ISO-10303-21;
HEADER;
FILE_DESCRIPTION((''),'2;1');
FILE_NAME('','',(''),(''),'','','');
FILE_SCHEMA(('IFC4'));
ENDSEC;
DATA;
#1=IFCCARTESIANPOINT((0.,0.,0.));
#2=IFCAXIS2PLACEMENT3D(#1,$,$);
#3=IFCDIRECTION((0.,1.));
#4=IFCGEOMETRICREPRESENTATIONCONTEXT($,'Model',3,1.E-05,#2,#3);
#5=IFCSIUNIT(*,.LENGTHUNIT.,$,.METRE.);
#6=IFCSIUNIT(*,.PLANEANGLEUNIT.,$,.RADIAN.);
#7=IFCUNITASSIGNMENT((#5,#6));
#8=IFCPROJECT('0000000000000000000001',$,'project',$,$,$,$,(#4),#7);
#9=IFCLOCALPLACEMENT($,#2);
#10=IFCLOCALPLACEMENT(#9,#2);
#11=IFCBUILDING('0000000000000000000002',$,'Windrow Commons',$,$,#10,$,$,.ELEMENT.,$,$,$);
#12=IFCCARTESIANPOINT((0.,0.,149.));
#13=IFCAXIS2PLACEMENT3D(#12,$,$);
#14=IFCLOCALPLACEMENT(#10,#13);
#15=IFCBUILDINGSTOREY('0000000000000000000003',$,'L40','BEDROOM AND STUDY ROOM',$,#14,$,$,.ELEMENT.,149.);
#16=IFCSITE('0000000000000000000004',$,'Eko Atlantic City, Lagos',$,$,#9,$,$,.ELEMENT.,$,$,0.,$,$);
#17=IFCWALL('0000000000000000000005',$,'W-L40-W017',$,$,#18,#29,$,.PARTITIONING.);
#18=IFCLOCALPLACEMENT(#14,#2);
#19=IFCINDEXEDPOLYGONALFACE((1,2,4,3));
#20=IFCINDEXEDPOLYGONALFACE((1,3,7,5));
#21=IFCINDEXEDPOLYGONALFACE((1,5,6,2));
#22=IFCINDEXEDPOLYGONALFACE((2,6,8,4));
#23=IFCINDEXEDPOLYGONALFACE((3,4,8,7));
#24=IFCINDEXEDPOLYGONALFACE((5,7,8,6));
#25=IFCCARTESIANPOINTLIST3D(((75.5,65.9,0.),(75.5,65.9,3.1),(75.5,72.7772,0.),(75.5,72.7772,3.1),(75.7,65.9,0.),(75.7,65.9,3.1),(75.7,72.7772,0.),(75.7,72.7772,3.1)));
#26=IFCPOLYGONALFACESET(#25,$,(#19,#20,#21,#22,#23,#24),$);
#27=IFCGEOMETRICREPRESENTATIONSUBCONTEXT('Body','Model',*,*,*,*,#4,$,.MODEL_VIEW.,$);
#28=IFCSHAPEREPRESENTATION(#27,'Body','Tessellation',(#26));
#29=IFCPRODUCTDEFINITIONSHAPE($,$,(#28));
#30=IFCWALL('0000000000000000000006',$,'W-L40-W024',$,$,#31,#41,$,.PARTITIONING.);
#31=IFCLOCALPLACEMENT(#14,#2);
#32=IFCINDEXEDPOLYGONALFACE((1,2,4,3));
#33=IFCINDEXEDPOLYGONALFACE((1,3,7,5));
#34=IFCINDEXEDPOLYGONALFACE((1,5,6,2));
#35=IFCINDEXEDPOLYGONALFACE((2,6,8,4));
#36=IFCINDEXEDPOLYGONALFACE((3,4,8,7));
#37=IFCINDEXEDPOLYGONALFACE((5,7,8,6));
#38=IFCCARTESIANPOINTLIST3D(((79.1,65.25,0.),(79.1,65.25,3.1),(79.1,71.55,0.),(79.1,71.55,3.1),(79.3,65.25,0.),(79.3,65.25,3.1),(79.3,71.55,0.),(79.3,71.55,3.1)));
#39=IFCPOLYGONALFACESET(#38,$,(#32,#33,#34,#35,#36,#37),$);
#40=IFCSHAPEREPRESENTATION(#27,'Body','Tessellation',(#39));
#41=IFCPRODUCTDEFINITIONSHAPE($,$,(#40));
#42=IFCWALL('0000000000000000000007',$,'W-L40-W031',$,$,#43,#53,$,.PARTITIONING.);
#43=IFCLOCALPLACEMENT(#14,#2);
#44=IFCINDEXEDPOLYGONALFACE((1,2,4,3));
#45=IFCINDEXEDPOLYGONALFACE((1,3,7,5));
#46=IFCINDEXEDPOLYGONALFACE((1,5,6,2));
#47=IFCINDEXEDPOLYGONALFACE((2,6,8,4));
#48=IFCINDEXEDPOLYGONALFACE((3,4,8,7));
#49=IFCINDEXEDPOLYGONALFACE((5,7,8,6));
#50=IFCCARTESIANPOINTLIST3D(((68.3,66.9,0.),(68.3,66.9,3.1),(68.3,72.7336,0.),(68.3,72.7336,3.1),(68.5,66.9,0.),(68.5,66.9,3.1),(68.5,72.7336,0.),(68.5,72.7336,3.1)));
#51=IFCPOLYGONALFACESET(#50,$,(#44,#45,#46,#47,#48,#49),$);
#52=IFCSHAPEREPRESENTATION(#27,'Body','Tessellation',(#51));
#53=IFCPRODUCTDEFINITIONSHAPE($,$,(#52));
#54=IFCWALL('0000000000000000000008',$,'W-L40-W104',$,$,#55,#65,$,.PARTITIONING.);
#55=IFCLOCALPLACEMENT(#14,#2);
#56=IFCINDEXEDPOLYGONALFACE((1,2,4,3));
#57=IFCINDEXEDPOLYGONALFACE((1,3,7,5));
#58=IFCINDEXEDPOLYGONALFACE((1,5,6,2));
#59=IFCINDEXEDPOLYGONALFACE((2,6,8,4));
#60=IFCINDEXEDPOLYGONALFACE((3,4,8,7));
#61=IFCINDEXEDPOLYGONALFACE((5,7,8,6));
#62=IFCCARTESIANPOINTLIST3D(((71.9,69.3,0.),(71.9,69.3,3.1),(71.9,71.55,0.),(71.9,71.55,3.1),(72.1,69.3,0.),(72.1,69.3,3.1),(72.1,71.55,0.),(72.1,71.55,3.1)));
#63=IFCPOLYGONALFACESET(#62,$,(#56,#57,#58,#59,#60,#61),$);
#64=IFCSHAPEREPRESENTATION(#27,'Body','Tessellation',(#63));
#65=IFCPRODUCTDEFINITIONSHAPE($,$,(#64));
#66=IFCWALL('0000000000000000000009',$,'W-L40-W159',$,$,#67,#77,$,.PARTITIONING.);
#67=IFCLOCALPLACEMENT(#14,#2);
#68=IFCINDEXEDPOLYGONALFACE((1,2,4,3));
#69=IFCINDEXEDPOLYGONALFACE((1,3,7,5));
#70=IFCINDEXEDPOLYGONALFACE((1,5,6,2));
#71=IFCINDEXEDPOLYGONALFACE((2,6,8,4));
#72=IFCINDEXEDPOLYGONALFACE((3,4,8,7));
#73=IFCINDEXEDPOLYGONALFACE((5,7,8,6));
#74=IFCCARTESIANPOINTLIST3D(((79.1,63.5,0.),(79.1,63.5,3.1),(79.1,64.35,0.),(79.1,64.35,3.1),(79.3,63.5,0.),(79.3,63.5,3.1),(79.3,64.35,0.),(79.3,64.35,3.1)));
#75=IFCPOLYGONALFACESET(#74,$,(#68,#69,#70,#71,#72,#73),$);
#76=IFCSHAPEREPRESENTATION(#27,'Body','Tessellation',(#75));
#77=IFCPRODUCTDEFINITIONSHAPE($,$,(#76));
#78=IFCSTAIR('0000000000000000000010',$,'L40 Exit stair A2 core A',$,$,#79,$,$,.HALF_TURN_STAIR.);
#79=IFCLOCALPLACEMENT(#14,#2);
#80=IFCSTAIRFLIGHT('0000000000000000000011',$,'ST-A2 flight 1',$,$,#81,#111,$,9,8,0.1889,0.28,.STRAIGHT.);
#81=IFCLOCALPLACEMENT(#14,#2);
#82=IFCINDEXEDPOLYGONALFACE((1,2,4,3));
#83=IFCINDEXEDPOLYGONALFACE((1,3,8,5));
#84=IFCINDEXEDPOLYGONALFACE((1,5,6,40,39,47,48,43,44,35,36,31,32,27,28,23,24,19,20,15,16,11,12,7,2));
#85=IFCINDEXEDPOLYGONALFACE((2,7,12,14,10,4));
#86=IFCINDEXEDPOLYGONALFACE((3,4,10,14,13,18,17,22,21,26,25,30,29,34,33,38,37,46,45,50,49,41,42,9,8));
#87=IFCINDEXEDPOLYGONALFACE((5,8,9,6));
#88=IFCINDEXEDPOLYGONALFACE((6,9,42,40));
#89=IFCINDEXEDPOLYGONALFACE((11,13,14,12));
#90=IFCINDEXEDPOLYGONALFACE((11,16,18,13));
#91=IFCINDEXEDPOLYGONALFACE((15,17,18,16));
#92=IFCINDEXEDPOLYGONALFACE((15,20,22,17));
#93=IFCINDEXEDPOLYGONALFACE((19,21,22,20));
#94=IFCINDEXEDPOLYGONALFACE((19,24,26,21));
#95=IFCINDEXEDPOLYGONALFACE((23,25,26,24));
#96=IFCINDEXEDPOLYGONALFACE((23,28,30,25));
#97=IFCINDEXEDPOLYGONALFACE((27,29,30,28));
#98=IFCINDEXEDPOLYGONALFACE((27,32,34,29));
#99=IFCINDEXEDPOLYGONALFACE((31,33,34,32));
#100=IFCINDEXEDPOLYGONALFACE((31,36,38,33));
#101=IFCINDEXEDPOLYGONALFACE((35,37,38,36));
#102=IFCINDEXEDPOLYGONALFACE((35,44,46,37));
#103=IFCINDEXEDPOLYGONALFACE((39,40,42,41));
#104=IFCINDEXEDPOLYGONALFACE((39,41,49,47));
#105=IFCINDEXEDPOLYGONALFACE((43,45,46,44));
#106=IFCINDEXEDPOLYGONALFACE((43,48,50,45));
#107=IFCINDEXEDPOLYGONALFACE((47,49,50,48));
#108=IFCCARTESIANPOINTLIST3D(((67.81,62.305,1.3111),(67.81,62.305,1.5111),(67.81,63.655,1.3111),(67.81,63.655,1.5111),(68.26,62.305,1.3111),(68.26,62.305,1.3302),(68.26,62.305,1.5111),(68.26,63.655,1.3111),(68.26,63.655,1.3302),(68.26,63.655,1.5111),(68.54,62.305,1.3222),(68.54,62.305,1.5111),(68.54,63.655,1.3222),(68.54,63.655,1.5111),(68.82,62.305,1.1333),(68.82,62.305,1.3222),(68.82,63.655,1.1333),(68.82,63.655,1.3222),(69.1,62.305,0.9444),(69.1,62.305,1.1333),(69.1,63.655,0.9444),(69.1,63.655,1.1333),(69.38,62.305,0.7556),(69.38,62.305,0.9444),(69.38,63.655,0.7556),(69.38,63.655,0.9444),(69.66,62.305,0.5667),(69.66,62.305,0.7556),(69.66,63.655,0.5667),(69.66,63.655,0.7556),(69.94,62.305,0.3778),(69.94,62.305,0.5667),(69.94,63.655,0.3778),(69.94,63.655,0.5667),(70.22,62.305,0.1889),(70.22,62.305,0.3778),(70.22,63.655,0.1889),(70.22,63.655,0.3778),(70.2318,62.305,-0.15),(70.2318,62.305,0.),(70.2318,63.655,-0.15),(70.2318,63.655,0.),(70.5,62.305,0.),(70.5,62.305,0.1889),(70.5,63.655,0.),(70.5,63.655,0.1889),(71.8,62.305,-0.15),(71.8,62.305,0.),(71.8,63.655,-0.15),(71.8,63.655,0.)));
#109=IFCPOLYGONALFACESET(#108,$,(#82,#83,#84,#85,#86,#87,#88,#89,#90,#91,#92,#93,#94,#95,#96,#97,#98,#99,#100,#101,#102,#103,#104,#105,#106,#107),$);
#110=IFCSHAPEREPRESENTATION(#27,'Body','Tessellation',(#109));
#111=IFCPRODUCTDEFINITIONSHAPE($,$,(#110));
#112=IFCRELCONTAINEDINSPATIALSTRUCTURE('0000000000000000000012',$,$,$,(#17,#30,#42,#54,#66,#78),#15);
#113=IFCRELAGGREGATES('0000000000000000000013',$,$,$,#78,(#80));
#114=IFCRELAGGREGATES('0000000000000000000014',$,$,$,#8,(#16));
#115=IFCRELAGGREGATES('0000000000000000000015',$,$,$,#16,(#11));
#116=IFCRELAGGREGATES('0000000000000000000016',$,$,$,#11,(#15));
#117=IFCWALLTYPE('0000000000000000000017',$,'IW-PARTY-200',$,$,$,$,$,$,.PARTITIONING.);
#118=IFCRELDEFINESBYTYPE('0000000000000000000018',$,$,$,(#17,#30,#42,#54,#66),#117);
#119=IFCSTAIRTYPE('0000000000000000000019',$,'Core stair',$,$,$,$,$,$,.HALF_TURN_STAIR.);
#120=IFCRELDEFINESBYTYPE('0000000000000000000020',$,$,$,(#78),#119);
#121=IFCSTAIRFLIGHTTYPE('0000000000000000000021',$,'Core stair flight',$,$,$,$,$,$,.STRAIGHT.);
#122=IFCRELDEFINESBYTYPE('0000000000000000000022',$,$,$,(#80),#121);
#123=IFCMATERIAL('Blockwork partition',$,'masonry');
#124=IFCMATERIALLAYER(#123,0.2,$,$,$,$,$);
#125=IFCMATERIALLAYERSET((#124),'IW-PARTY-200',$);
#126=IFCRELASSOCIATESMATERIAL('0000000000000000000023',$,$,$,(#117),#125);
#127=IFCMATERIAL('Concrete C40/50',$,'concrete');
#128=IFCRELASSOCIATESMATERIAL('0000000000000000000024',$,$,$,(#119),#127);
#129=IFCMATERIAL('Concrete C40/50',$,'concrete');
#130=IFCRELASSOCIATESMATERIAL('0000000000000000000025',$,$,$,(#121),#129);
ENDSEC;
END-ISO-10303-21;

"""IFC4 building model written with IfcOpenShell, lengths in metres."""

from ifc_helpers import new_model, si_unit, direction, frame, frame_2d, origin, place, context, subcontext, project, spatial, polyline, rectangle, outline, extrude, material, layer, layer_set, type_object, element, aggregate, save


model = new_model("IFC4")

# Units and contexts
model_context = context("Model", 3, precision=1e-05, world=origin(), true_north=direction((0.0, 1.0)))
body_context = subcontext(model_context, "Body", "Model", "MODEL_VIEW")
ifc_project = project(units=[si_unit("LENGTHUNIT", "METRE"), si_unit("PLANEANGLEUNIT", "RADIAN")], contexts=[model_context])

# Site, building, storey
site_placement = place(None, origin())
site = spatial("IfcSite", under=ifc_project, at=site_placement, Name="Eko Atlantic City, Lagos", CompositionType="ELEMENT", RefElevation=0.0)
building_placement = place(site_placement, origin())
building = spatial("IfcBuilding", under=site, at=building_placement, Name="Windrow Commons", CompositionType="ELEMENT")
storey_placement = place(building_placement, frame((0.0, 0.0, 149.0)))
storey = spatial("IfcBuildingStorey", under=building, at=storey_placement, Name="L40", Description="BEDROOM AND STUDY ROOM", CompositionType="ELEMENT", Elevation=149.0)

# Walls
ifc_material_1 = material(Name="Blockwork partition", Category="masonry")
ifc_layer_1 = layer(ifc_material_1, 0.2)
ifc_layer_set_1 = layer_set([ifc_layer_1], Name="IW-PARTY-200")
wall_type_1 = type_object("IfcWallType", Name="IW-PARTY-200", PredefinedType="PARTITIONING", material=ifc_layer_set_1)
wall_1_placement = place(storey_placement, frame((75.6, 65.9, 0.0), z_axis=(0.0, 0.0, 1.0), x_axis=(0.0, 1.0, 0.0)))
element("IfcWall", 1, at=wall_1_placement, inside=storey, type_object=wall_type_1, Name="W-L40-W017", PredefinedType="PARTITIONING", context=body_context, shape_type="SweptSolid", body=[
    extrude(rectangle(XDim=6.8772, YDim=0.2, at=frame_2d((3.4386, 0.0))), origin(), (0.0, 0.0, 1.0), 3.1),
])
wall_2_placement = place(storey_placement, frame((79.2, 65.25, 0.0), z_axis=(0.0, 0.0, 1.0), x_axis=(0.0, 1.0, 0.0)))
element("IfcWall", 2, at=wall_2_placement, inside=storey, type_object=wall_type_1, Name="W-L40-W024", PredefinedType="PARTITIONING", context=body_context, shape_type="SweptSolid", body=[
    extrude(rectangle(XDim=6.3, YDim=0.2, at=frame_2d((3.15, 0.0))), origin(), (0.0, 0.0, 1.0), 3.1),
])
wall_3_placement = place(storey_placement, frame((68.4, 66.9, 0.0), z_axis=(0.0, 0.0, 1.0), x_axis=(0.0, 1.0, 0.0)))
element("IfcWall", 3, at=wall_3_placement, inside=storey, type_object=wall_type_1, Name="W-L40-W031", PredefinedType="PARTITIONING", context=body_context, shape_type="SweptSolid", body=[
    extrude(rectangle(XDim=5.8336, YDim=0.2, at=frame_2d((2.9168, 0.0))), origin(), (0.0, 0.0, 1.0), 3.1),
])
wall_4_placement = place(storey_placement, frame((72.0, 69.3, 0.0), z_axis=(0.0, 0.0, 1.0), x_axis=(0.0, 1.0, 0.0)))
element("IfcWall", 4, at=wall_4_placement, inside=storey, type_object=wall_type_1, Name="W-L40-W104", PredefinedType="PARTITIONING", context=body_context, shape_type="SweptSolid", body=[
    extrude(rectangle(XDim=2.25, YDim=0.2, at=frame_2d((1.125, 0.0))), origin(), (0.0, 0.0, 1.0), 3.1),
])
wall_5_placement = place(storey_placement, frame((79.2, 63.5, 0.0), z_axis=(0.0, 0.0, 1.0), x_axis=(0.0, 1.0, 0.0)))
element("IfcWall", 5, at=wall_5_placement, inside=storey, type_object=wall_type_1, Name="W-L40-W159", PredefinedType="PARTITIONING", context=body_context, shape_type="SweptSolid", body=[
    extrude(rectangle(XDim=0.85, YDim=0.2, at=frame_2d((0.425, 0.0))), origin(), (0.0, 0.0, 1.0), 3.1),
])

# Stair, stair flight
ifc_material_2 = material(Name="Concrete C40/50", Category="concrete")
stair_type = type_object("IfcStairType", Name="Core stair", PredefinedType="HALF_TURN_STAIR", material=ifc_material_2)
stair_placement = place(storey_placement, origin())
stair = element("IfcStair", 6, at=stair_placement, inside=storey, type_object=stair_type, Name="L40 Exit stair A2 core A", PredefinedType="HALF_TURN_STAIR")
ifc_material_3 = material(Name="Concrete C40/50", Category="concrete")
stair_flight_type = type_object("IfcStairFlightType", Name="Core stair flight", PredefinedType="STRAIGHT", material=ifc_material_3)
stair_flight_placement = place(storey_placement, frame((70.5, 62.98, 0.0), z_axis=(0.0, 0.0, 1.0), x_axis=(-1.0, 0.0, 0.0)))
stair_flight = element("IfcStairFlight", 7, at=stair_flight_placement, type_object=stair_flight_type, Name="ST-A2 flight 1", NumberOfRisers=9, NumberOfTreads=8, PredefinedType="STRAIGHT", RiserHeight=0.1889, TreadLength=0.28, context=body_context, shape_type="SweptSolid", body=[
    extrude(outline(polyline([(-1.3, -0.15), (-1.3, 0.0), (0.0, 0.0), (0.0, 0.1889), (0.28, 0.1889), (0.28, 0.3778), (0.56, 0.3778), (0.56, 0.5667), (0.84, 0.5667), (0.84, 0.7556), (1.12, 0.7556), (1.12, 0.9444), (1.4, 0.9444), (1.4, 1.1333), (1.68, 1.1333), (1.68, 1.3222), (1.96, 1.3222), (1.96, 1.5111), (2.24, 1.5111), (2.69, 1.5111), (2.69, 1.3111), (2.24, 1.3111), (2.24, 1.3302), (0.2682, 0.0), (0.2682, -0.15), (-1.3, -0.15)])), frame((0.0, 0.675, 0.0), z_axis=(0.0, -1.0, 0.0), x_axis=(1.0, 0.0, 0.0)), (0.0, 0.0, 1.0), 1.35),
])
aggregate(stair, [stair_flight])

save(model, "model.ifc")
